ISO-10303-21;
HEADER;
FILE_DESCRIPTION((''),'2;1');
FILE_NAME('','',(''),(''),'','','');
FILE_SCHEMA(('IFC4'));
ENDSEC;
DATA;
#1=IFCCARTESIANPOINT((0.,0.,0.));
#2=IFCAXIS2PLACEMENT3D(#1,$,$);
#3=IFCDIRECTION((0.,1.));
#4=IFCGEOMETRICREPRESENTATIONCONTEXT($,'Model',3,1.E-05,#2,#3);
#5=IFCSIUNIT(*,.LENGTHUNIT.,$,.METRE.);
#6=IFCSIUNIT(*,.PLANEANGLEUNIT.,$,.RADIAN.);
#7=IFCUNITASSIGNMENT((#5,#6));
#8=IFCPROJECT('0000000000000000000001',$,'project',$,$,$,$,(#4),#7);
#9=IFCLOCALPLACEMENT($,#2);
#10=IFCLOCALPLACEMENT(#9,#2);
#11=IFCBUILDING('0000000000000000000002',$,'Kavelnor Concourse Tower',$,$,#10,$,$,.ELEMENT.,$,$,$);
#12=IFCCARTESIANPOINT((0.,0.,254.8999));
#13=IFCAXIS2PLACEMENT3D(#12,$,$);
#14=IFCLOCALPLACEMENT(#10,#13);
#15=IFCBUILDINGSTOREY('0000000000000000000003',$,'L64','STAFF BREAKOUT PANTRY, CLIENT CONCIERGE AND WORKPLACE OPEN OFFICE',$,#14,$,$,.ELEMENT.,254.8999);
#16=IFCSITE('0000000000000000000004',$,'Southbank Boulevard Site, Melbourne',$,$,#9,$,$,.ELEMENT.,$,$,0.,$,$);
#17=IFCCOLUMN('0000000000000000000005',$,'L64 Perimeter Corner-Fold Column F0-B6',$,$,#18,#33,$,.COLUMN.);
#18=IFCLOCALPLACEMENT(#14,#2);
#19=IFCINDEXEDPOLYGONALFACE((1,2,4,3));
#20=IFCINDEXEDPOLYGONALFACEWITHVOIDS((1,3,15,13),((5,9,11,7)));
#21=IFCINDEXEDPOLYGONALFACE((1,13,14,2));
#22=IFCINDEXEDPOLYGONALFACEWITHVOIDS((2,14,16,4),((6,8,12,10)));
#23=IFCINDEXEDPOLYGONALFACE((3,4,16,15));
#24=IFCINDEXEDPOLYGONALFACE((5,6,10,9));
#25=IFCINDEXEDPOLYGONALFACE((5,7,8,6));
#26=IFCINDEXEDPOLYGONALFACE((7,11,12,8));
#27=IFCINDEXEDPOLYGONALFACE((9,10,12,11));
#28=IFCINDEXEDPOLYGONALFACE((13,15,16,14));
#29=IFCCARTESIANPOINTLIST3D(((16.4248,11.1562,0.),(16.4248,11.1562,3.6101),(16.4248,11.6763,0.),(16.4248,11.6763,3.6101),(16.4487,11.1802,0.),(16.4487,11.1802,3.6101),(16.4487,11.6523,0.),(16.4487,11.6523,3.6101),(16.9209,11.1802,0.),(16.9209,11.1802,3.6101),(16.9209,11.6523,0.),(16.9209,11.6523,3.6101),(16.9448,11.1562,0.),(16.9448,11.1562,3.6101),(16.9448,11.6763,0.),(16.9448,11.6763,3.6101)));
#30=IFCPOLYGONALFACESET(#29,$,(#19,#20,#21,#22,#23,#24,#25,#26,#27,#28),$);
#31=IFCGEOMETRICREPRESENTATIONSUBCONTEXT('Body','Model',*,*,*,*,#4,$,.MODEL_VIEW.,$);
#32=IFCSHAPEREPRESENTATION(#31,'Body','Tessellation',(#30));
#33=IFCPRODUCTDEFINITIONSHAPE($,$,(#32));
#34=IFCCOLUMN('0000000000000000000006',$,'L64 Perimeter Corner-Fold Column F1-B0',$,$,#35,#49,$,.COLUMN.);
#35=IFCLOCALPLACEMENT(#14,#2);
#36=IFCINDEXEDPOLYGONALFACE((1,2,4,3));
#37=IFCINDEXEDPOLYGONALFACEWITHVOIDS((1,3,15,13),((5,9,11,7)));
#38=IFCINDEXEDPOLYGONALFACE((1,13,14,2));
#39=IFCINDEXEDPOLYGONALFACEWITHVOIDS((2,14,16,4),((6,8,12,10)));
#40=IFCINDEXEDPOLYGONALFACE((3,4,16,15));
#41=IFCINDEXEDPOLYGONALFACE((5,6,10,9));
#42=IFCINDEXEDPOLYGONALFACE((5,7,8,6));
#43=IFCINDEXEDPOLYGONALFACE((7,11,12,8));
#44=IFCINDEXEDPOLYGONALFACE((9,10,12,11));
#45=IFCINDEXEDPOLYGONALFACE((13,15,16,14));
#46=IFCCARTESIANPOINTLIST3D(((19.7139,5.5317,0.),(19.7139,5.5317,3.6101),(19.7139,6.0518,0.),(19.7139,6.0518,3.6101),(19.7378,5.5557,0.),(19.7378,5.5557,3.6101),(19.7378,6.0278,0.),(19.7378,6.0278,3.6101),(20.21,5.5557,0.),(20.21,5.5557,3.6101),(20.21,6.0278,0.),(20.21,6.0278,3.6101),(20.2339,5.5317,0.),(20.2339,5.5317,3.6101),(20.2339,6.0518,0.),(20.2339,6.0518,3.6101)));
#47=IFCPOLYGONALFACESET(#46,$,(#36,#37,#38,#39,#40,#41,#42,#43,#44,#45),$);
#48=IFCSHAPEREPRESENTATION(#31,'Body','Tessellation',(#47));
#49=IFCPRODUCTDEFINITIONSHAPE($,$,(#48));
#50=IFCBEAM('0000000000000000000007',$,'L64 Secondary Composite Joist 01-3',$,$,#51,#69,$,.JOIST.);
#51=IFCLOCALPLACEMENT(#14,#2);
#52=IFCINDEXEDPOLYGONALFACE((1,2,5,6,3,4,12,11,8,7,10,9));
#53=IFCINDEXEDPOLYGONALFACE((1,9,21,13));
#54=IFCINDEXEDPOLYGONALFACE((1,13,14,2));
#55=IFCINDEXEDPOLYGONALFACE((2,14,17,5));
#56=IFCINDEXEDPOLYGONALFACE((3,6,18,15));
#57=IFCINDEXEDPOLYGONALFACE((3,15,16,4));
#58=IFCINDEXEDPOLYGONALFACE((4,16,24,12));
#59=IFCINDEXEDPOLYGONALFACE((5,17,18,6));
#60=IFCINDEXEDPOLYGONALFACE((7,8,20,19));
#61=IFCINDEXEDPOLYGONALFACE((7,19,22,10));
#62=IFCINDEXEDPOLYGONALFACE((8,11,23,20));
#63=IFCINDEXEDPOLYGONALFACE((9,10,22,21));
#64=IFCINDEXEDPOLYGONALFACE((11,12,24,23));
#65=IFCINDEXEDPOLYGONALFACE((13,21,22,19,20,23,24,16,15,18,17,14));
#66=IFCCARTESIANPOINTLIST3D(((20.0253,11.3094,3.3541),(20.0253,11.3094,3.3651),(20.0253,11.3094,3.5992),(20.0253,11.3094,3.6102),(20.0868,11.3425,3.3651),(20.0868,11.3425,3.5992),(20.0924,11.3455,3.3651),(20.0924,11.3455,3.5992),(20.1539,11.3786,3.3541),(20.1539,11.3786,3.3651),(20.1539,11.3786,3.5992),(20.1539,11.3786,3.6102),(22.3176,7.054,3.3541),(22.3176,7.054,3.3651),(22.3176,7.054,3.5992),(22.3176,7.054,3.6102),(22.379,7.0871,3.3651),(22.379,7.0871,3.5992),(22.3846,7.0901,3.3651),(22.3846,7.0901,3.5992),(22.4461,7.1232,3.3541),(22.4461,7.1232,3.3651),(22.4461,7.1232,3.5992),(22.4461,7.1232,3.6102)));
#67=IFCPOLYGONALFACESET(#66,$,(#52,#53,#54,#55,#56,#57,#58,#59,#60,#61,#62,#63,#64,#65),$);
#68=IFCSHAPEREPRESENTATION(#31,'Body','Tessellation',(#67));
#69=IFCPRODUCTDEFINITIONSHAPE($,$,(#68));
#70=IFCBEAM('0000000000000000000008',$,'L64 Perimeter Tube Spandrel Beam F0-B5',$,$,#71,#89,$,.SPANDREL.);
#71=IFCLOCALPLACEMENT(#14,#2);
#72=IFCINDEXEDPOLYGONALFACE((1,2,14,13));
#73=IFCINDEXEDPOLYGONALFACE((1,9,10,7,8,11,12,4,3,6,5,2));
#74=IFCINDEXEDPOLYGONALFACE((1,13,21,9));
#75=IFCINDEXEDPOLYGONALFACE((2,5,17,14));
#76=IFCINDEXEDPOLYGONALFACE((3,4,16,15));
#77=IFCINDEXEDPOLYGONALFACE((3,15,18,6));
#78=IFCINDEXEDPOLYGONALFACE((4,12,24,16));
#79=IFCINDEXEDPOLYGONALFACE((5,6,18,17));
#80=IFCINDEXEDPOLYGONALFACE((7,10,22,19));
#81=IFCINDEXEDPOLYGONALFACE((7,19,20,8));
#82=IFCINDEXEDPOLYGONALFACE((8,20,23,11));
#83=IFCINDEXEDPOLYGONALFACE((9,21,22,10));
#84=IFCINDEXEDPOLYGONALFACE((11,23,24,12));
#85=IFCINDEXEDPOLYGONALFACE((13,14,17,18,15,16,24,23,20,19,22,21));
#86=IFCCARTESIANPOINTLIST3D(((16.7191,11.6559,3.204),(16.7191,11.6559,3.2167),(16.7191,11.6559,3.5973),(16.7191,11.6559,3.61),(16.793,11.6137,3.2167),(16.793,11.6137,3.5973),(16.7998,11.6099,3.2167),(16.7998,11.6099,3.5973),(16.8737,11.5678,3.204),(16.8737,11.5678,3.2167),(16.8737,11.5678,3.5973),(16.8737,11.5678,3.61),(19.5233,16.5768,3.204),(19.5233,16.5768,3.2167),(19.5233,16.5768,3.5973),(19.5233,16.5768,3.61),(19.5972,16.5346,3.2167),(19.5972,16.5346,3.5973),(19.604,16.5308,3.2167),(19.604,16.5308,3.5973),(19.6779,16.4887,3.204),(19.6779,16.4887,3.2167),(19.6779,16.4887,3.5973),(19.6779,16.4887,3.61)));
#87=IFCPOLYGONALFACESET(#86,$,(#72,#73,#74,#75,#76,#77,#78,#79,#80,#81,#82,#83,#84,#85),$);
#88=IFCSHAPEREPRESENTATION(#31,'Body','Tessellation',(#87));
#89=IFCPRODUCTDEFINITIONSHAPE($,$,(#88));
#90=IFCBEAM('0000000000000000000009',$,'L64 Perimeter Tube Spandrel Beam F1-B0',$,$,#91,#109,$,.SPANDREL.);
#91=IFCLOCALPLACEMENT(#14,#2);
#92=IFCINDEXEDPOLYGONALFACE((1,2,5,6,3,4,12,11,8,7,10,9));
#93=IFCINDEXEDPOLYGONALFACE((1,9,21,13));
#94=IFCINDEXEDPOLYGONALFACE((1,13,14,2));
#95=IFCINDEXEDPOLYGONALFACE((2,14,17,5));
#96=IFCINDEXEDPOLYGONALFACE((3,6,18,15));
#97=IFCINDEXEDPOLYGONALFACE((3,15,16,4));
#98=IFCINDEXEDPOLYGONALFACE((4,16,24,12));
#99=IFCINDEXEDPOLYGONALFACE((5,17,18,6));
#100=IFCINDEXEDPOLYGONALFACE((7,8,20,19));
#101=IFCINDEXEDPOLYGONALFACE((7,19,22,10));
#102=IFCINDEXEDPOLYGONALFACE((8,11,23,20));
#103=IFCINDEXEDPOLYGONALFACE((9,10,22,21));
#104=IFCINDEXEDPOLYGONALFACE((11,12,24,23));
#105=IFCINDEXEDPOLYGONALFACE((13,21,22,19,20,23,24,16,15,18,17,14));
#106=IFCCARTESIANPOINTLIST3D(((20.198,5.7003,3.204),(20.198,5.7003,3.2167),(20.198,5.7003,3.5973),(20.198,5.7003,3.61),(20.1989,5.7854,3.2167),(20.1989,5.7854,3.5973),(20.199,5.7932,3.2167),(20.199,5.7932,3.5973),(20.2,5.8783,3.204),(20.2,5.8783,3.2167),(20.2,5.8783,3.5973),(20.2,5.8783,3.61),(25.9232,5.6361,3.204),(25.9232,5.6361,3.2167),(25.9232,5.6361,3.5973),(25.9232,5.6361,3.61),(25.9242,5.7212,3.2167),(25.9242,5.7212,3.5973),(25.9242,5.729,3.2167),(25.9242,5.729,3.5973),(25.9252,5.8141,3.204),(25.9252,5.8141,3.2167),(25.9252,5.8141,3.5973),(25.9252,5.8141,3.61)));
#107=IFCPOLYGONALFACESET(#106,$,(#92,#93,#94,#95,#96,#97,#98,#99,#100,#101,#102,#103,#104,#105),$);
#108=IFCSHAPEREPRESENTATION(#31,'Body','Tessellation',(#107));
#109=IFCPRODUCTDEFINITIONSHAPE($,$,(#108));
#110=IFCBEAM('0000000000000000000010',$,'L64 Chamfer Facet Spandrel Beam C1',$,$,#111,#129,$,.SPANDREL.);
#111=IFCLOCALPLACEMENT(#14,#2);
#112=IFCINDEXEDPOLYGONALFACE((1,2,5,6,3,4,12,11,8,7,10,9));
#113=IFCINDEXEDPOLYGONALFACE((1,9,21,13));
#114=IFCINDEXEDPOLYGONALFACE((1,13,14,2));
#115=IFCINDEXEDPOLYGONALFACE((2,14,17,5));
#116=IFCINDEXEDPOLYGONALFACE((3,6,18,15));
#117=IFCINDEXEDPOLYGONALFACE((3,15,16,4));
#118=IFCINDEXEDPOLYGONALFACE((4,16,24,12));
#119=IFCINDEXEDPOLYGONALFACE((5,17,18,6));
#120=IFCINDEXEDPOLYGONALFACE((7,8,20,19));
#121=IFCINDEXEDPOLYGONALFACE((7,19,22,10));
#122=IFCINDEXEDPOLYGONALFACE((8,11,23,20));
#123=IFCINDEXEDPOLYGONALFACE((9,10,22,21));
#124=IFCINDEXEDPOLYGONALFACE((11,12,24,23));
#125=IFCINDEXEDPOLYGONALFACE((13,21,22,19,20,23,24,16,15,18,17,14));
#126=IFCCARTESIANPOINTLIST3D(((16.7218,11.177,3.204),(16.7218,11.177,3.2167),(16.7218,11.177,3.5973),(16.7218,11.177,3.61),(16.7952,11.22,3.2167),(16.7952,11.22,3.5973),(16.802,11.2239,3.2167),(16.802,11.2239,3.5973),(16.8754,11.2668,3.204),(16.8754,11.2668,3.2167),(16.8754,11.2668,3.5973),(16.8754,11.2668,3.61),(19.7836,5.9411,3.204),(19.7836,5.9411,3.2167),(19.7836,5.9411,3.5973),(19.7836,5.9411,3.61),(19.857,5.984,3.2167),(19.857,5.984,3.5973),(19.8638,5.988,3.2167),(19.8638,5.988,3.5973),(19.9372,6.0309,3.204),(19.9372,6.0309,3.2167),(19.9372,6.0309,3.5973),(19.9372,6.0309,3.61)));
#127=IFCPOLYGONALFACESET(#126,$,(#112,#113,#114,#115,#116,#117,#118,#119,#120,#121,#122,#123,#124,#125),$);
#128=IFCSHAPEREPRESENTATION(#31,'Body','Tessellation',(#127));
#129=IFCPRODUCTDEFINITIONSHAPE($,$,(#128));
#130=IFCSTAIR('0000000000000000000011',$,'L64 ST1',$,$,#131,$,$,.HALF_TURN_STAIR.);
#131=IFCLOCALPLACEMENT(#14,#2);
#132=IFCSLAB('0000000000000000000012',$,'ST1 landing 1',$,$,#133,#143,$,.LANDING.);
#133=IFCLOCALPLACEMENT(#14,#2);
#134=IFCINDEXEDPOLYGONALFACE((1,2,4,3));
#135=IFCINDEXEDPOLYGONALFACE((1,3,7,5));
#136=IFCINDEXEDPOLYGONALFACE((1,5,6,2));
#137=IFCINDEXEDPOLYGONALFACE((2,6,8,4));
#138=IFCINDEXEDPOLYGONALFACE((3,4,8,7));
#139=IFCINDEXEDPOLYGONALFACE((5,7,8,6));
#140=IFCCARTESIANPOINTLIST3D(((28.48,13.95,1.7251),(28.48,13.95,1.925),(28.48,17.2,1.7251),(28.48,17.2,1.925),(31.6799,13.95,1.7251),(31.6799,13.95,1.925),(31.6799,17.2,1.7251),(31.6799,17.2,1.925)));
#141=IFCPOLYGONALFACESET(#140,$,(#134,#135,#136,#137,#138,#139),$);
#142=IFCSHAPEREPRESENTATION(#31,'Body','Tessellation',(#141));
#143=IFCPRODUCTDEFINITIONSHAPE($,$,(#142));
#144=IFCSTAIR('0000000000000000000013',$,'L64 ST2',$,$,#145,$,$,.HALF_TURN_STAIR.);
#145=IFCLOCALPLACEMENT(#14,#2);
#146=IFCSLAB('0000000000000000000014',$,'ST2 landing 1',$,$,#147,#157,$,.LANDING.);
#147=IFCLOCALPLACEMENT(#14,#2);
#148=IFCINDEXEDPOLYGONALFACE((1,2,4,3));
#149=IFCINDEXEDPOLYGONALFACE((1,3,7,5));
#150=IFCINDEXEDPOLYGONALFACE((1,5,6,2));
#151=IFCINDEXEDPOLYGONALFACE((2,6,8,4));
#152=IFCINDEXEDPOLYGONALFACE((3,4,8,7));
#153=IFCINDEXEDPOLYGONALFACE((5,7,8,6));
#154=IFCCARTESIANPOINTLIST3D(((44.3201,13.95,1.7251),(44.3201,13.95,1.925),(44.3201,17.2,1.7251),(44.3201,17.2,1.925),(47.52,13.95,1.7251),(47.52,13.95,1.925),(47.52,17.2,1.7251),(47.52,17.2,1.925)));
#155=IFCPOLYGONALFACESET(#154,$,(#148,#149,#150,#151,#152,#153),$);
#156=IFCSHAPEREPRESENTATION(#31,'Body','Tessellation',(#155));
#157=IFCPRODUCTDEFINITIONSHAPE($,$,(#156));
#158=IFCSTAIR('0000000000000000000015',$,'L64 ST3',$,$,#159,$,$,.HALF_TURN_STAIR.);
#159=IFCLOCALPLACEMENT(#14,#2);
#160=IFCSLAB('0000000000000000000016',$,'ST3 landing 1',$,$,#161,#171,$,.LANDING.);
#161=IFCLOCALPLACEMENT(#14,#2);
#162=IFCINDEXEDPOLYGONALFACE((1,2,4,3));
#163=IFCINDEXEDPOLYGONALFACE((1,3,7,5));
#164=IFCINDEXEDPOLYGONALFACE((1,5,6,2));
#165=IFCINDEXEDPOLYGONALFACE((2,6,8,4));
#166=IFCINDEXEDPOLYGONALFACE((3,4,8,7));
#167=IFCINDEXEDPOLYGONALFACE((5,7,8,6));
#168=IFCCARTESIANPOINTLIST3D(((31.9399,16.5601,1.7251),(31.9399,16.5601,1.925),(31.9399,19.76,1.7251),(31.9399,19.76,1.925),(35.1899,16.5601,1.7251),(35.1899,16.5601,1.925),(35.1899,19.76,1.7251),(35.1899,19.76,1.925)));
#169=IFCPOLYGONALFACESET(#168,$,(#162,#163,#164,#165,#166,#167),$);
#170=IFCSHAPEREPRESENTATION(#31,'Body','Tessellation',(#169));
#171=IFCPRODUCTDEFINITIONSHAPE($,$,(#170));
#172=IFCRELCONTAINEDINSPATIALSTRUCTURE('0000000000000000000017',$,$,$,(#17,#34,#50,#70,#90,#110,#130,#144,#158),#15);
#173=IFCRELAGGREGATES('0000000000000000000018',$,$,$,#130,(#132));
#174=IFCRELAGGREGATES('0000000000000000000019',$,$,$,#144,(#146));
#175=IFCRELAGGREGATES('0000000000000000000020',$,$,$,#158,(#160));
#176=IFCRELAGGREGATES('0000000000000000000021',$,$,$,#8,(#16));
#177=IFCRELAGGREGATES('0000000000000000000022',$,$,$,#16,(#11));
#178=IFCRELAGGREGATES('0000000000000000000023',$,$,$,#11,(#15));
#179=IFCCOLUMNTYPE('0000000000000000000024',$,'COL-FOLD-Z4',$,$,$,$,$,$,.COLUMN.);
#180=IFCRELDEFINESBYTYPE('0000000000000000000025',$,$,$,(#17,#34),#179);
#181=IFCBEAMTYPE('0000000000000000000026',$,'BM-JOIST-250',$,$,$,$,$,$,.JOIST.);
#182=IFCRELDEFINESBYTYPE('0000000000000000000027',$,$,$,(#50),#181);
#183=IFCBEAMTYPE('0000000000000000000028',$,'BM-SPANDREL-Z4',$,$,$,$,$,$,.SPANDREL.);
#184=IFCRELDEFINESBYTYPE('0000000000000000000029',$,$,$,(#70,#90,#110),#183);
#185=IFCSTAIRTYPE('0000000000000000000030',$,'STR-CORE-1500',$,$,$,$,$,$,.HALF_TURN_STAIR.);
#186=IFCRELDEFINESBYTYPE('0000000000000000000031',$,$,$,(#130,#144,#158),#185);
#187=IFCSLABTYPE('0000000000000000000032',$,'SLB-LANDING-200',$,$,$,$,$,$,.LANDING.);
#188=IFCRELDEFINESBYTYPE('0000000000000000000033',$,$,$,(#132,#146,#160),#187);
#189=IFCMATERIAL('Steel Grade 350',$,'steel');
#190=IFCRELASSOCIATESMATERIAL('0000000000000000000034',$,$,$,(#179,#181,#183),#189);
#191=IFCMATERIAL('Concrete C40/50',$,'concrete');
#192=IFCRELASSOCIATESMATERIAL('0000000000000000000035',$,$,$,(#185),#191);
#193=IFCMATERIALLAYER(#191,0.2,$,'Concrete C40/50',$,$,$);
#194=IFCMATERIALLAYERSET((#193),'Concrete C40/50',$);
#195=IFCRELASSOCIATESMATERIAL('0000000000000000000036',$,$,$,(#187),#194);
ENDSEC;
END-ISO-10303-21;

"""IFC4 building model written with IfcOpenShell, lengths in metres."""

from ifc_helpers import new_model, si_unit, direction, frame, origin, origin_2d, place, context, subcontext, project, spatial, polyline, hollow_rectangle, i_section, outline, extrude, material, layer, layer_set, material_profile, profile_set, type_object, element, aggregate, save


model = new_model("IFC4")

# Units and contexts
model_context = context("Model", 3, precision=1e-05, world=origin(), true_north=direction((0.0, 1.0)))
body_context = subcontext(model_context, "Body", "Model", "MODEL_VIEW")
ifc_project = project(units=[si_unit("LENGTHUNIT", "METRE"), si_unit("PLANEANGLEUNIT", "RADIAN")], contexts=[model_context])

# Site, building, storey
site_placement = place(None, origin())
site = spatial("IfcSite", under=ifc_project, at=site_placement, Name="Southbank Boulevard Site, Melbourne", CompositionType="ELEMENT", RefElevation=0.0)
building_placement = place(site_placement, origin())
building = spatial("IfcBuilding", under=site, at=building_placement, Name="Kavelnor Concourse Tower", CompositionType="ELEMENT")
storey_placement = place(building_placement, frame((0.0, 0.0, 254.8999)))
storey = spatial("IfcBuildingStorey", under=building, at=storey_placement, Name="L64", Description="STAFF BREAKOUT PANTRY, CLIENT CONCIERGE AND WORKPLACE OPEN OFFICE", CompositionType="ELEMENT", Elevation=254.8999)

# Columns
ifc_material_1 = material(Name="Steel Grade 350", Category="steel")
ifc_material_profile_1 = material_profile(ifc_material_1, hollow_rectangle(XDim=0.52, YDim=0.52, WallThickness=0.0239, at=origin_2d()), Name="SHS 520x520x24")
ifc_profile_set_1 = profile_set([ifc_material_profile_1], Name="Steel Grade 350")
column_type = type_object("IfcColumnType", Name="COL-FOLD-Z4", PredefinedType="COLUMN", material=ifc_profile_set_1)
for number, where, z_axis, x_axis, name in (
    (1, (16.6848, 11.4163, 0.0), (0.0, 0.0, 1.0), (1.0, 0.0, 0.0), "L64 Perimeter Corner-Fold Column F0-B6"),
    (2, (19.9739, 5.7917, 0.0), (0.0, 0.0, 1.0), (1.0, 0.0, 0.0), "L64 Perimeter Corner-Fold Column F1-B0"),
):
    element("IfcColumn", number, at=place(storey_placement, frame(where, z_axis=z_axis, x_axis=x_axis)), inside=storey, type_object=column_type, Name=name, PredefinedType="COLUMN", context=body_context, shape_type="SweptSolid", body=[
        extrude(hollow_rectangle(XDim=0.52, YDim=0.52, WallThickness=0.0239, at=origin_2d()), origin(), (0.0, 0.0, 1.0), 3.6101),
    ])

# Beams
ifc_material_profile_2 = material_profile(ifc_material_1, i_section(OverallWidth=0.146, OverallDepth=0.2561, WebThickness=0.0063, FlangeThickness=0.011, at=origin_2d()), Name="250UB37")
ifc_profile_set_2 = profile_set([ifc_material_profile_2], Name="Steel Grade 350")
beam_type_1 = type_object("IfcBeamType", Name="BM-JOIST-250", PredefinedType="JOIST", material=ifc_profile_set_2)
beam_1_placement = place(storey_placement, frame((20.0896, 11.344, 3.4822), z_axis=(0.474241, -0.880395, 0.0), x_axis=(0.880395, 0.474241, 0.0)))
element("IfcBeam", 3, at=beam_1_placement, inside=storey, type_object=beam_type_1, Name="L64 Secondary Composite Joist 01-3", PredefinedType="JOIST", context=body_context, shape_type="SweptSolid", body=[
    extrude(i_section(OverallWidth=0.146, OverallDepth=0.2561, WebThickness=0.0063, FlangeThickness=0.011, at=origin_2d()), origin(), (0.0, 0.0, 1.0), 4.8335),
])
ifc_material_profile_3 = material_profile(ifc_material_1, i_section(OverallWidth=0.178, OverallDepth=0.406, WebThickness=0.0078, FlangeThickness=0.0127, at=origin_2d()), Name="410UB59")
ifc_profile_set_3 = profile_set([ifc_material_profile_3], Name="Steel Grade 350")
beam_type_2 = type_object("IfcBeamType", Name="BM-SPANDREL-Z4", PredefinedType="SPANDREL", material=ifc_profile_set_3)
beam_2_placement = place(storey_placement, frame((19.6006, 16.5327, 3.407), z_axis=(-0.495108, -0.868831, 0.0), x_axis=(0.868831, -0.495108, 0.0)))
element("IfcBeam", 4, at=beam_2_placement, inside=storey, type_object=beam_type_2, Name="L64 Perimeter Tube Spandrel Beam F0-B5", PredefinedType="SPANDREL", context=body_context, shape_type="SweptSolid", body=[
    extrude(i_section(OverallWidth=0.178, OverallDepth=0.406, WebThickness=0.0078, FlangeThickness=0.0127, at=origin_2d()), origin(), (0.0, 0.0, 1.0), 5.6638),
])
beam_3_placement = place(storey_placement, frame((20.199, 5.7893, 3.407), z_axis=(0.999937, -0.011214, 0.0), x_axis=(0.011214, 0.999937, 0.0)))
element("IfcBeam", 5, at=beam_3_placement, inside=storey, type_object=beam_type_2, Name="L64 Perimeter Tube Spandrel Beam F1-B0", PredefinedType="SPANDREL", context=body_context, shape_type="SweptSolid", body=[
    extrude(i_section(OverallWidth=0.178, OverallDepth=0.406, WebThickness=0.0078, FlangeThickness=0.0127, at=origin_2d()), origin(), (0.0, 0.0, 1.0), 5.7256),
])
beam_4_placement = place(storey_placement, frame((16.7986, 11.2219, 3.407), z_axis=(0.504797, -0.863238, 0.0), x_axis=(0.863238, 0.504797, 0.0)))
element("IfcBeam", 6, at=beam_4_placement, inside=storey, type_object=beam_type_2, Name="L64 Chamfer Facet Spandrel Beam C1", PredefinedType="SPANDREL", context=body_context, shape_type="SweptSolid", body=[
    extrude(i_section(OverallWidth=0.178, OverallDepth=0.406, WebThickness=0.0078, FlangeThickness=0.0127, at=origin_2d()), origin(), (0.0, 0.0, 1.0), 6.0654),
])

# Stairs, slabs
ifc_material_2 = material(Name="Concrete C40/50", Category="concrete")
stair_type = type_object("IfcStairType", Name="STR-CORE-1500", PredefinedType="HALF_TURN_STAIR", material=ifc_material_2)
stair_1_placement = place(storey_placement, origin())
stair_1 = element("IfcStair", 7, at=stair_1_placement, inside=storey, type_object=stair_type, Name="L64 ST1", PredefinedType="HALF_TURN_STAIR")
ifc_layer_1 = layer(ifc_material_2, 0.2, Name="Concrete C40/50")
ifc_layer_set_1 = layer_set([ifc_layer_1], Name="Concrete C40/50")
slab_type_1 = type_object("IfcSlabType", Name="SLB-LANDING-200", PredefinedType="LANDING", material=ifc_layer_set_1)
slab_1_placement = place(storey_placement, frame((0.0, 0.0, 1.7251)))
slab_1 = element("IfcSlab", 8, at=slab_1_placement, type_object=slab_type_1, Name="ST1 landing 1", PredefinedType="LANDING", context=body_context, shape_type="SweptSolid", body=[
    extrude(outline(polyline([(31.6799, 13.95), (31.6799, 17.2), (28.48, 17.2), (28.48, 13.95), (31.6799, 13.95)])), origin(), (0.0, 0.0, 1.0), 0.2),
])
aggregate(stair_1, [slab_1])
stair_2_placement = place(storey_placement, origin())
stair_2 = element("IfcStair", 9, at=stair_2_placement, inside=storey, type_object=stair_type, Name="L64 ST2", PredefinedType="HALF_TURN_STAIR")
slab_2_placement = place(storey_placement, frame((0.0, 0.0, 1.7251)))
slab_2 = element("IfcSlab", 10, at=slab_2_placement, type_object=slab_type_1, Name="ST2 landing 1", PredefinedType="LANDING", context=body_context, shape_type="SweptSolid", body=[
    extrude(outline(polyline([(47.52, 13.95), (47.52, 17.2), (44.3201, 17.2), (44.3201, 13.95), (47.52, 13.95)])), origin(), (0.0, 0.0, 1.0), 0.2),
])
aggregate(stair_2, [slab_2])
stair_3_placement = place(storey_placement, origin())
stair_3 = element("IfcStair", 11, at=stair_3_placement, inside=storey, type_object=stair_type, Name="L64 ST3", PredefinedType="HALF_TURN_STAIR")
slab_3_placement = place(storey_placement, frame((0.0, 0.0, 1.7251)))
slab_3 = element("IfcSlab", 12, at=slab_3_placement, type_object=slab_type_1, Name="ST3 landing 1", PredefinedType="LANDING", context=body_context, shape_type="SweptSolid", body=[
    extrude(outline(polyline([(35.1899, 19.76), (31.9399, 19.76), (31.9399, 16.5601), (35.1899, 16.5601), (35.1899, 19.76)])), origin(), (0.0, 0.0, 1.0), 0.2),
])
aggregate(stair_3, [slab_3])

save(model, "model.ifc")
